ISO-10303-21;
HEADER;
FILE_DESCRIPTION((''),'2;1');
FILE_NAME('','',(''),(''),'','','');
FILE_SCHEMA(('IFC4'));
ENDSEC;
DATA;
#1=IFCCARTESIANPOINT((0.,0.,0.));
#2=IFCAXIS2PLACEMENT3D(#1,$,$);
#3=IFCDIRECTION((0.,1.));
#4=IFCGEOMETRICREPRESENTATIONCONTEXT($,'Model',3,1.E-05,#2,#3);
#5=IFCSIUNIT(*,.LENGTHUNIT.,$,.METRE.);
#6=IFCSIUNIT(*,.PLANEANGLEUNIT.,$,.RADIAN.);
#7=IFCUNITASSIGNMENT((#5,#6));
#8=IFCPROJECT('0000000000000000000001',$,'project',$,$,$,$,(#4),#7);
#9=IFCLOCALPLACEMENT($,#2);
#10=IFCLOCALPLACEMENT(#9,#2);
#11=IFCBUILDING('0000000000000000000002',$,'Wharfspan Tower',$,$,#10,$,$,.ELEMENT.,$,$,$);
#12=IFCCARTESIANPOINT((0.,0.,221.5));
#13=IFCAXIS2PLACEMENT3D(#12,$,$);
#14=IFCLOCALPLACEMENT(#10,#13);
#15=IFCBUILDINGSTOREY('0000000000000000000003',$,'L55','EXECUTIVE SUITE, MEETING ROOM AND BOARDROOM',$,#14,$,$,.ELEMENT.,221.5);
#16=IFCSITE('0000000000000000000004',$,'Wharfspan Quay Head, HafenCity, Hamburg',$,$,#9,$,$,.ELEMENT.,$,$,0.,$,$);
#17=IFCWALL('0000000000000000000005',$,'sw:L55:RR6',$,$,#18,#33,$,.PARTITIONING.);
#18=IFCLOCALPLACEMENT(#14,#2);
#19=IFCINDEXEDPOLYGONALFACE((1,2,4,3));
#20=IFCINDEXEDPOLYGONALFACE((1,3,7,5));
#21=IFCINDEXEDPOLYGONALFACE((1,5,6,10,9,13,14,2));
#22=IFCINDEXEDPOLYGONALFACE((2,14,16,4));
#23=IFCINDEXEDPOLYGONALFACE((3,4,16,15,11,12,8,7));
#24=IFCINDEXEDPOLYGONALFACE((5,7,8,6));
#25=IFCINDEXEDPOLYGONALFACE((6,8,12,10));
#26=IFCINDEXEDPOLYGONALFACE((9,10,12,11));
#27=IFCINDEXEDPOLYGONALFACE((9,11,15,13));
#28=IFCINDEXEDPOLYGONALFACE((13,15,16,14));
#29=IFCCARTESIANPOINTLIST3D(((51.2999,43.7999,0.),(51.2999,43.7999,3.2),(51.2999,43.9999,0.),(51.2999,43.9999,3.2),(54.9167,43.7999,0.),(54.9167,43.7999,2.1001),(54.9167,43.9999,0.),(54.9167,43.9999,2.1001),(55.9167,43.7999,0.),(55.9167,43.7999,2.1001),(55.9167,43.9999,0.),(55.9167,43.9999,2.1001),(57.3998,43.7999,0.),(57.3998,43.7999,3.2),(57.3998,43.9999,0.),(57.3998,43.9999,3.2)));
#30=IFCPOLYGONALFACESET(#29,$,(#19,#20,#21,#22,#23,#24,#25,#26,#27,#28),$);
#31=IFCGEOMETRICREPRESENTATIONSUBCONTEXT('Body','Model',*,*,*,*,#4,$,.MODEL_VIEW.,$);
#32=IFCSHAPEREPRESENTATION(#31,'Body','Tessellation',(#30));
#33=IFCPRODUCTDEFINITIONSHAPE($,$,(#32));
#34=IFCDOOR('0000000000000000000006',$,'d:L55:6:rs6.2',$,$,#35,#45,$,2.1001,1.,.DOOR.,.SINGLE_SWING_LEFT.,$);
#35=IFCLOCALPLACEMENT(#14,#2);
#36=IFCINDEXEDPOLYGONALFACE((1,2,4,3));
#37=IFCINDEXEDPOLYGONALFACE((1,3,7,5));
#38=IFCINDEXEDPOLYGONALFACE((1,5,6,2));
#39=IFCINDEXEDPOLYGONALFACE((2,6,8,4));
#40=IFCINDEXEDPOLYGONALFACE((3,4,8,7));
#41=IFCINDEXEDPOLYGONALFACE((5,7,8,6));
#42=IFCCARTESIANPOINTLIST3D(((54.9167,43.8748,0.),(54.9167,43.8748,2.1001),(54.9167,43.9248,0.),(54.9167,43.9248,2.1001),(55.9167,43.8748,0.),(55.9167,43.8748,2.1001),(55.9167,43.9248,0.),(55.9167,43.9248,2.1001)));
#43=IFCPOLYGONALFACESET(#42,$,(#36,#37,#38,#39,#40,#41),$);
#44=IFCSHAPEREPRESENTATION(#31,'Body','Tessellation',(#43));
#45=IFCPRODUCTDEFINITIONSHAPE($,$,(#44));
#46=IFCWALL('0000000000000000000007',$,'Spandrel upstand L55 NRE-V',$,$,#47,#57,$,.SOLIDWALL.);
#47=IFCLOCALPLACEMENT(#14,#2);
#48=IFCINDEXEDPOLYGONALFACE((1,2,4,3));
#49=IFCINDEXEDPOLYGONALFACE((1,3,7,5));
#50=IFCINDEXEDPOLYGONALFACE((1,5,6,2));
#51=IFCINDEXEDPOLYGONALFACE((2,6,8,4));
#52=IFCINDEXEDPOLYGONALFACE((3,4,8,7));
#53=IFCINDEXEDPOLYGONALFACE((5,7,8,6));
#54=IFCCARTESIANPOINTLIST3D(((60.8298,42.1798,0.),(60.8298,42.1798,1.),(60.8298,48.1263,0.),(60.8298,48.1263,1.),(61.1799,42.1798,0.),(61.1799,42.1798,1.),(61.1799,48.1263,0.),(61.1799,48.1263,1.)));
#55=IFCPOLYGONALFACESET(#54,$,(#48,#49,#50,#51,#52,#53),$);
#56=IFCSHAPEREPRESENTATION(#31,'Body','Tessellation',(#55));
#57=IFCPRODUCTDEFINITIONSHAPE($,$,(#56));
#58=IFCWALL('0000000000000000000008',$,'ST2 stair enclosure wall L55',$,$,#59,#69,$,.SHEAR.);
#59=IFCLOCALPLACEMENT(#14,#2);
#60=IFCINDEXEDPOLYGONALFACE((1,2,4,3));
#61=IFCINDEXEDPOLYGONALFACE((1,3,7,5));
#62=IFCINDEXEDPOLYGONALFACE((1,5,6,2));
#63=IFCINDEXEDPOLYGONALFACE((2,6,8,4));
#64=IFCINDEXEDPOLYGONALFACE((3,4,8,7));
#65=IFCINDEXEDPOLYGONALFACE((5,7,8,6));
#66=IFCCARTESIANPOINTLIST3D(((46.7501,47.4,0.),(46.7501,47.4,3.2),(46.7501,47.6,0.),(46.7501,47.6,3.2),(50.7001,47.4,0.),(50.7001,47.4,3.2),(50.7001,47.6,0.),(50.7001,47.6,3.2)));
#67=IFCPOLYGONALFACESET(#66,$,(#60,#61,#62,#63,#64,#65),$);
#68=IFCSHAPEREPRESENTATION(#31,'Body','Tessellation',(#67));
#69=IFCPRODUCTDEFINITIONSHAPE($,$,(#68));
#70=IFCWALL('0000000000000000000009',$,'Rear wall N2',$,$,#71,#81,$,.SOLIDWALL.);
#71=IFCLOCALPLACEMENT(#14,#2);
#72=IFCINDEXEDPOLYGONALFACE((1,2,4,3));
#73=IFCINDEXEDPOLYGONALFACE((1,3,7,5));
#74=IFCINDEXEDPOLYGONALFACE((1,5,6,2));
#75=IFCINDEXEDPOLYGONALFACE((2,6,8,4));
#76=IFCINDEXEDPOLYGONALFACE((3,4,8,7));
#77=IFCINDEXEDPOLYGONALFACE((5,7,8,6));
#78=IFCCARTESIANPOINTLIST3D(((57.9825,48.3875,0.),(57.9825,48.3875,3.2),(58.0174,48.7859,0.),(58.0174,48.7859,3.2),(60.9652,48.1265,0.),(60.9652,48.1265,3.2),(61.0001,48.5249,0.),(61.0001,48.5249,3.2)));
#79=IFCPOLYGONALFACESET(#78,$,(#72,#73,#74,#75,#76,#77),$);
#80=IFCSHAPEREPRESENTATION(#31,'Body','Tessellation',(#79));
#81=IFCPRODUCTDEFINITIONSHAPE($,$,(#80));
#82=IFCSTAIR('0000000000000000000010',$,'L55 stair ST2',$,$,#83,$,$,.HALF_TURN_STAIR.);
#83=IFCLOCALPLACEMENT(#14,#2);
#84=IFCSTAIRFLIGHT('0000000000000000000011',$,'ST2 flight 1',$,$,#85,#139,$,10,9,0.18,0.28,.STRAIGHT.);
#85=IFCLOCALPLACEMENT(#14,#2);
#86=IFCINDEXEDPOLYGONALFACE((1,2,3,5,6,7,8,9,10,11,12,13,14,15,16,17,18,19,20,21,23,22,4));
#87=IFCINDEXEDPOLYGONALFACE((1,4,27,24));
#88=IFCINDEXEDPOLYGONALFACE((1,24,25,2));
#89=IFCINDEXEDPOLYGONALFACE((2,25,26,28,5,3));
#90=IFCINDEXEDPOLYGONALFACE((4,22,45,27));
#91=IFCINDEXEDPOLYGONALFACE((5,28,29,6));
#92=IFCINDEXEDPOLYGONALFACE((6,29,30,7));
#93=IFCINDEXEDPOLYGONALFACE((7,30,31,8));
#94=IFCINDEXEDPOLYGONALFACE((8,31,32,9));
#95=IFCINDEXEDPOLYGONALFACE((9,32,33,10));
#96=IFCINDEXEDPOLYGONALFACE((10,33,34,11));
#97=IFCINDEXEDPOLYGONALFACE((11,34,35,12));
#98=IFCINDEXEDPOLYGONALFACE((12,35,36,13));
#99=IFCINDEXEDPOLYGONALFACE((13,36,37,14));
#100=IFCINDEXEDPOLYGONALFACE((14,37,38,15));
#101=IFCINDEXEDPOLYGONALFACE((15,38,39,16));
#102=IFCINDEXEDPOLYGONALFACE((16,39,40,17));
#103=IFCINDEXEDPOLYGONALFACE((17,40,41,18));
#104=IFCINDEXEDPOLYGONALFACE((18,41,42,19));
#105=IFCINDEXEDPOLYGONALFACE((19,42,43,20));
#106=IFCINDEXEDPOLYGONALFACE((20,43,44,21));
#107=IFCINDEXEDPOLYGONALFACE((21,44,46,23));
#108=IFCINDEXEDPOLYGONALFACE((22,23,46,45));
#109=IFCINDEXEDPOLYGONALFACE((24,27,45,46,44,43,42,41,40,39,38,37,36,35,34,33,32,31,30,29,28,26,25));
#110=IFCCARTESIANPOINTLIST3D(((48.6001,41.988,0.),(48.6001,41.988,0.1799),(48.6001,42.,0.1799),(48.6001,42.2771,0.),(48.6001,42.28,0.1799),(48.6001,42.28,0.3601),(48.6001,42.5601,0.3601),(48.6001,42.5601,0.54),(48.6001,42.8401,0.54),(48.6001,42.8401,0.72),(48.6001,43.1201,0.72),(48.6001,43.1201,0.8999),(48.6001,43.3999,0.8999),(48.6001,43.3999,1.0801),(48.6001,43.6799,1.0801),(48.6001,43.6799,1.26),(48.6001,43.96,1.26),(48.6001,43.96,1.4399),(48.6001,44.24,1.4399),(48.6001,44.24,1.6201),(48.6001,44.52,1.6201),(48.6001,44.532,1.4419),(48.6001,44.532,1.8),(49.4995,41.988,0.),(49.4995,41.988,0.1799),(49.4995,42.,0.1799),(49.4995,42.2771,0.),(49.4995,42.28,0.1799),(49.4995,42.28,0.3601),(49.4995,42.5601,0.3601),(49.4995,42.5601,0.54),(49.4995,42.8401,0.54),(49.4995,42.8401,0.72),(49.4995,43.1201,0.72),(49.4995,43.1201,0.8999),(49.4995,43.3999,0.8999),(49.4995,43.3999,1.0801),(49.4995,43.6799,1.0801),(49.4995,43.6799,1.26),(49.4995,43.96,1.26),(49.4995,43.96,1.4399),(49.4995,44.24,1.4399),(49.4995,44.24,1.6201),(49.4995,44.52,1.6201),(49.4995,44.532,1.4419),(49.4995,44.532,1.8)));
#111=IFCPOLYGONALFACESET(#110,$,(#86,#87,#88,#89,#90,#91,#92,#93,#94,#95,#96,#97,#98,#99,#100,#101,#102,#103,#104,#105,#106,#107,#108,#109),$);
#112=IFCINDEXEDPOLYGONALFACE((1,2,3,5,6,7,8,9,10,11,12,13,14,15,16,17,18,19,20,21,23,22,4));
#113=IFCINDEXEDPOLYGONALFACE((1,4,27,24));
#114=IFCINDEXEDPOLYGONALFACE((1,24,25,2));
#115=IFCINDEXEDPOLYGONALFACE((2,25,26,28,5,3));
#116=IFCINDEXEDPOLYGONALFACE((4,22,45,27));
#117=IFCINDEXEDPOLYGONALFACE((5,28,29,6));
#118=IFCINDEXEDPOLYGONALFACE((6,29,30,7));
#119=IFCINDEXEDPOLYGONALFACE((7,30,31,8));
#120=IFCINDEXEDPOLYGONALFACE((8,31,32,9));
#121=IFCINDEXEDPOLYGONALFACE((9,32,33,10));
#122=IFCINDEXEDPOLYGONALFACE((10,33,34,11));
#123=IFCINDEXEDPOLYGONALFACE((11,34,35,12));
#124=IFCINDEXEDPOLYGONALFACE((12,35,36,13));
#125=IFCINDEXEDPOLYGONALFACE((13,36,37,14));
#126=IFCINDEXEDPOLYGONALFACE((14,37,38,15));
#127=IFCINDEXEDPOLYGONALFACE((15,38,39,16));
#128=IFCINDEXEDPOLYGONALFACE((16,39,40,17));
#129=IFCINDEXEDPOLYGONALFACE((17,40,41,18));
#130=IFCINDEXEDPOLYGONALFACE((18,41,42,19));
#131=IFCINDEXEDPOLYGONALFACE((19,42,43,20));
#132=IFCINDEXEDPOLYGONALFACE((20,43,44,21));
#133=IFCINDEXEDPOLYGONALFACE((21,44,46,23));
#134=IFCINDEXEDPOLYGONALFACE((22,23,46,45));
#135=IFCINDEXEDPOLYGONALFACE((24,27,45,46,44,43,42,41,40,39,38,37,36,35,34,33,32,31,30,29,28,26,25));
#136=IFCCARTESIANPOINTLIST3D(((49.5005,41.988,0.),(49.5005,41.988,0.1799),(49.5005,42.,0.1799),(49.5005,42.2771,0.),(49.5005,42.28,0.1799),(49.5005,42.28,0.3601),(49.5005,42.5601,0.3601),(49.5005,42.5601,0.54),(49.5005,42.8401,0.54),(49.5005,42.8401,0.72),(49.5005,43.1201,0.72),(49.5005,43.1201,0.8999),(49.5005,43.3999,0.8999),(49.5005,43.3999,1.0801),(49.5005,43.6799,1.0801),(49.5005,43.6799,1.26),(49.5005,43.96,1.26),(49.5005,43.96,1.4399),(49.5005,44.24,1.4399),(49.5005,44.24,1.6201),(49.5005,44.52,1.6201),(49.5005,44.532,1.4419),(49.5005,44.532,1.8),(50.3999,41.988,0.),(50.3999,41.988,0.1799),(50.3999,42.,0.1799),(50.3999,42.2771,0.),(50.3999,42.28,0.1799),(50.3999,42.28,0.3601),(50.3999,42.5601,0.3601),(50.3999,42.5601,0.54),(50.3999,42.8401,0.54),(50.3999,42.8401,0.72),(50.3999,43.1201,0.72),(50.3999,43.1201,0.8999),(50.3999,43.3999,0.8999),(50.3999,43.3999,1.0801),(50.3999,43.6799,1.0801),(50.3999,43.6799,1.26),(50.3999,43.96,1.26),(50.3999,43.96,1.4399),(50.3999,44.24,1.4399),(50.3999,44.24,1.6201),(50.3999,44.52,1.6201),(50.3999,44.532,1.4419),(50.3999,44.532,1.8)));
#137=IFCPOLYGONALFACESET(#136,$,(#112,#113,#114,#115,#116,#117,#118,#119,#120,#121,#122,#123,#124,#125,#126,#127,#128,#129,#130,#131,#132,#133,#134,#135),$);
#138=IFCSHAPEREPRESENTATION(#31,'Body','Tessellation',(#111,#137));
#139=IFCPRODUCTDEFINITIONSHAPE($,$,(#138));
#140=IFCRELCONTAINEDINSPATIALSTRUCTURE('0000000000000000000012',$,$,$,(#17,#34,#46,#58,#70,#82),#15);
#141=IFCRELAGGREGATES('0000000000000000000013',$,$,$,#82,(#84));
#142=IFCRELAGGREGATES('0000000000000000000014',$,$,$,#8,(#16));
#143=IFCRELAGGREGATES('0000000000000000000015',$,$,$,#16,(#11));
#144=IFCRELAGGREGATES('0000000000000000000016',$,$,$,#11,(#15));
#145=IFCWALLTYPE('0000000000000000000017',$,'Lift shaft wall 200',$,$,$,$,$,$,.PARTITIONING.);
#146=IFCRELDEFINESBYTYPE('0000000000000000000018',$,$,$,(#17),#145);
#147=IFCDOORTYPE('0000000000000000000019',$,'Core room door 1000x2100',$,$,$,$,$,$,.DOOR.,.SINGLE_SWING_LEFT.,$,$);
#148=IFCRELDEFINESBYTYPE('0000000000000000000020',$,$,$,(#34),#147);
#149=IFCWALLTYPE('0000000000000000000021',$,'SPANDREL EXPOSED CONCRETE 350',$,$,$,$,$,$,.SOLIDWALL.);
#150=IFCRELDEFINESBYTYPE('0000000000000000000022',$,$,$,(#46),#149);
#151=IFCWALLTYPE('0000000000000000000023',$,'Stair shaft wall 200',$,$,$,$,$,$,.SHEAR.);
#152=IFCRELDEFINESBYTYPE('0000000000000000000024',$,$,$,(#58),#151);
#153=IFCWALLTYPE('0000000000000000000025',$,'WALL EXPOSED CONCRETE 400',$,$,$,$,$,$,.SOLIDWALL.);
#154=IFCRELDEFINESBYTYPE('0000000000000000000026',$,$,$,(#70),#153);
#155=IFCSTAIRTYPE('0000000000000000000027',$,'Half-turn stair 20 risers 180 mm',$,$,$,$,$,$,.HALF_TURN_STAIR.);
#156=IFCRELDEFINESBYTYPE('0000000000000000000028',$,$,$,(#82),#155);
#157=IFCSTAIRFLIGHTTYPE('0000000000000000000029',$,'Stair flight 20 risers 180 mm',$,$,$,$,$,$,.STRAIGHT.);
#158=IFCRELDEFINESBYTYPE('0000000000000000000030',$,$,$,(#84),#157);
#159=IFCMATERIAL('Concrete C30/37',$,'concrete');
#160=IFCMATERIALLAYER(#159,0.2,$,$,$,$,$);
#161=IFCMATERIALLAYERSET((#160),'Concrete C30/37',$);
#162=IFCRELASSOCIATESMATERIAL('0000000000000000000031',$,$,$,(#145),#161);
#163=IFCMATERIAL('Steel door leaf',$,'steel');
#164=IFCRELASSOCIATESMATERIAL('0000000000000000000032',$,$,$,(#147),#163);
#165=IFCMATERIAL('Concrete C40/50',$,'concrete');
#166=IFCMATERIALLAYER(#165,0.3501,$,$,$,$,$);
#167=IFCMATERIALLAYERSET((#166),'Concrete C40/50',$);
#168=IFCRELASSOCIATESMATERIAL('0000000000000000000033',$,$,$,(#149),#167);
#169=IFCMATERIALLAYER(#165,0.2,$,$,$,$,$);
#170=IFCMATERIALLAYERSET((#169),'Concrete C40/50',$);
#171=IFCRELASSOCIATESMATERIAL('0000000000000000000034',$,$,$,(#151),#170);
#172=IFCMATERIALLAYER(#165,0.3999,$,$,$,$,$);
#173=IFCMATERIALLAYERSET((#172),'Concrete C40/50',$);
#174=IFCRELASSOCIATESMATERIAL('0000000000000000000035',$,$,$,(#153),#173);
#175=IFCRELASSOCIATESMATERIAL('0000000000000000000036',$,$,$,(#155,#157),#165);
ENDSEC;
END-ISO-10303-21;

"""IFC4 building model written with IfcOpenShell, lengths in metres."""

from ifc_helpers import new_model, si_unit, direction, frame, frame_2d, origin, place, context, subcontext, project, spatial, polyline, rectangle, outline, extrude, material, layer, layer_set, type_object, element, fill, aggregate, save


model = new_model("IFC4")

# Units and contexts
model_context = context("Model", 3, precision=1e-05, world=origin(), true_north=direction((0.0, 1.0)))
body_context = subcontext(model_context, "Body", "Model", "MODEL_VIEW")
ifc_project = project(units=[si_unit("LENGTHUNIT", "METRE"), si_unit("PLANEANGLEUNIT", "RADIAN")], contexts=[model_context])

# Site, building, storey
site_placement = place(None, origin())
site = spatial("IfcSite", under=ifc_project, at=site_placement, Name="Wharfspan Quay Head, HafenCity, Hamburg", CompositionType="ELEMENT", RefElevation=0.0)
building_placement = place(site_placement, origin())
building = spatial("IfcBuilding", under=site, at=building_placement, Name="Wharfspan Tower", CompositionType="ELEMENT")
storey_placement = place(building_placement, frame((0.0, 0.0, 221.5)))
storey = spatial("IfcBuildingStorey", under=building, at=storey_placement, Name="L55", Description="EXECUTIVE SUITE, MEETING ROOM AND BOARDROOM", CompositionType="ELEMENT", Elevation=221.5)

# Wall, opening, door
ifc_material_1 = material(Name="Concrete C30/37", Category="concrete")
ifc_layer_1 = layer(ifc_material_1, 0.2)
ifc_layer_set_1 = layer_set([ifc_layer_1], Name="Concrete C30/37")
wall_type_1 = type_object("IfcWallType", Name="Lift shaft wall 200", PredefinedType="PARTITIONING", material=ifc_layer_set_1)
wall_1_placement = place(storey_placement, frame((51.3, 43.8999, 0.0), z_axis=(0.0, 0.0, 1.0), x_axis=(1.0, 0.0, 0.0)))
wall_1 = element("IfcWall", 1, at=wall_1_placement, inside=storey, type_object=wall_type_1, Name="sw:L55:RR6", PredefinedType="PARTITIONING", context=body_context, shape_type="SweptSolid", body=[
    extrude(rectangle(XDim=6.0999, YDim=0.2, at=frame_2d((3.0498, 0.0))), origin(), (0.0, 0.0, 1.0), 3.2),
])
opening_placement = place(wall_1_placement, frame((3.6167, 0.0, 0.0)))
opening = element("IfcOpeningElement", 2, at=opening_placement, cuts=wall_1, PredefinedType="OPENING", context=body_context, shape_type="SweptSolid", body=[
    extrude(rectangle(XDim=1.0, YDim=2.1001, at=frame_2d((0.5, 1.05))), frame((0.0, 0.1099, 0.0), z_axis=(0.0, -1.0, 0.0), x_axis=(1.0, 0.0, 0.0)), (0.0, 0.0, 1.0), 0.22),
])
ifc_material_2 = material(Name="Steel door leaf", Category="steel")
door_type = type_object("IfcDoorType", Name="Core room door 1000x2100", OperationType="SINGLE_SWING_LEFT", PredefinedType="DOOR", material=ifc_material_2)
door_placement = place(opening_placement, origin())
door = element("IfcDoor", 3, at=door_placement, inside=storey, type_object=door_type, Name="d:L55:6:rs6.2", OperationType="SINGLE_SWING_LEFT", OverallHeight=2.1001, OverallWidth=1.0, PredefinedType="DOOR", context=body_context, shape_type="SweptSolid", body=[
    extrude(rectangle(XDim=1.0, YDim=2.1001, at=frame_2d((0.5, 1.05))), frame((0.0, 0.0249, 0.0), z_axis=(0.0, -1.0, 0.0), x_axis=(1.0, 0.0, 0.0)), (0.0, 0.0, 1.0), 0.05),
])
fill(opening, door)

# Walls
ifc_material_3 = material(Name="Concrete C40/50", Category="concrete")
ifc_layer_2 = layer(ifc_material_3, 0.3501)
ifc_layer_set_2 = layer_set([ifc_layer_2], Name="Concrete C40/50")
wall_type_2 = type_object("IfcWallType", Name="SPANDREL EXPOSED CONCRETE 350", PredefinedType="SOLIDWALL", material=ifc_layer_set_2)
wall_2_placement = place(storey_placement, frame((61.0049, 42.1799, 0.0), z_axis=(0.0, 0.0, 1.0), x_axis=(0.0, 1.0, 0.0)))
element("IfcWall", 4, at=wall_2_placement, inside=storey, type_object=wall_type_2, Name="Spandrel upstand L55 NRE-V", PredefinedType="SOLIDWALL", context=body_context, shape_type="SweptSolid", body=[
    extrude(rectangle(XDim=5.9465, YDim=0.3501, at=frame_2d((2.9731, 0.0))), origin(), (0.0, 0.0, 1.0), 1.0),
])
ifc_layer_3 = layer(ifc_material_3, 0.2)
ifc_layer_set_3 = layer_set([ifc_layer_3], Name="Concrete C40/50")
wall_type_3 = type_object("IfcWallType", Name="Stair shaft wall 200", PredefinedType="SHEAR", material=ifc_layer_set_3)
wall_3_placement = place(storey_placement, frame((46.75, 47.5, 0.0), z_axis=(0.0, 0.0, 1.0), x_axis=(1.0, 0.0, 0.0)))
element("IfcWall", 5, at=wall_3_placement, inside=storey, type_object=wall_type_3, Name="ST2 stair enclosure wall L55", PredefinedType="SHEAR", context=body_context, shape_type="SweptSolid", body=[
    extrude(rectangle(XDim=3.95, YDim=0.2, at=frame_2d((1.9751, 0.0))), origin(), (0.0, 0.0, 1.0), 3.2),
])
ifc_layer_4 = layer(ifc_material_3, 0.3999)
ifc_layer_set_4 = layer_set([ifc_layer_4], Name="Concrete C40/50")
wall_type_4 = type_object("IfcWallType", Name="WALL EXPOSED CONCRETE 400", PredefinedType="SOLIDWALL", material=ifc_layer_set_4)
wall_4_placement = place(storey_placement, frame((60.9827, 48.3257, 0.0), z_axis=(0.0, 0.0, 1.0), x_axis=(-0.996194, 0.087168, 0.0)))
element("IfcWall", 6, at=wall_4_placement, inside=storey, type_object=wall_type_4, Name="Rear wall N2", PredefinedType="SOLIDWALL", context=body_context, shape_type="SweptSolid", body=[
    extrude(rectangle(XDim=2.9941, YDim=0.3999, at=frame_2d((1.4971, 0.0))), origin(), (0.0, 0.0, 1.0), 3.2),
])

# Stair, stair flight
stair_type = type_object("IfcStairType", Name="Half-turn stair 20 risers 180 mm", PredefinedType="HALF_TURN_STAIR", material=ifc_material_3)
stair_placement = place(storey_placement, origin())
stair = element("IfcStair", 7, at=stair_placement, inside=storey, type_object=stair_type, Name="L55 stair ST2", PredefinedType="HALF_TURN_STAIR")
stair_flight_type = type_object("IfcStairFlightType", Name="Stair flight 20 risers 180 mm", PredefinedType="STRAIGHT", material=ifc_material_3)
stair_flight_1_placement = place(storey_placement, frame((49.5, 42.0, 0.0), z_axis=(0.0, 0.0, 1.0), x_axis=(0.0, 1.0, 0.0)))
stair_flight_1 = element("IfcStairFlight", 8, at=stair_flight_1_placement, type_object=stair_flight_type, Name="ST2 flight 1", NumberOfRisers=10, NumberOfTreads=9, PredefinedType="STRAIGHT", RiserHeight=0.18, TreadLength=0.28, context=body_context, shape_type="SweptSolid", body=[
    extrude(outline(polyline([(-0.012, 0.0), (-0.012, 0.1799), (0.0, 0.1799), (0.28, 0.1799), (0.28, 0.3601), (0.5601, 0.3601), (0.5601, 0.54), (0.8401, 0.54), (0.8401, 0.72), (1.1201, 0.72), (1.1201, 0.8999), (1.3999, 0.8999), (1.3999, 1.0801), (1.6799, 1.0801), (1.6799, 1.26), (1.96, 1.26), (1.96, 1.4399), (2.24, 1.4399), (2.24, 1.6201), (2.52, 1.6201), (2.532, 1.8), (2.532, 1.4419), (0.2771, 0.0), (-0.012, 0.0)])), frame((0.0, 0.8999, 0.0), z_axis=(0.0, -1.0, 0.0), x_axis=(1.0, 0.0, 0.0)), (0.0, 0.0, 1.0), 0.8994),
    extrude(outline(polyline([(-0.012, 0.0), (-0.012, 0.1799), (0.0, 0.1799), (0.28, 0.1799), (0.28, 0.3601), (0.5601, 0.3601), (0.5601, 0.54), (0.8401, 0.54), (0.8401, 0.72), (1.1201, 0.72), (1.1201, 0.8999), (1.3999, 0.8999), (1.3999, 1.0801), (1.6799, 1.0801), (1.6799, 1.26), (1.96, 1.26), (1.96, 1.4399), (2.24, 1.4399), (2.24, 1.6201), (2.52, 1.6201), (2.532, 1.8), (2.532, 1.4419), (0.2771, 0.0), (-0.012, 0.0)])), frame((0.0, -0.0005, 0.0), z_axis=(0.0, -1.0, 0.0), x_axis=(1.0, 0.0, 0.0)), (0.0, 0.0, 1.0), 0.8994),
])
aggregate(stair, [stair_flight_1])

save(model, "model.ifc")
